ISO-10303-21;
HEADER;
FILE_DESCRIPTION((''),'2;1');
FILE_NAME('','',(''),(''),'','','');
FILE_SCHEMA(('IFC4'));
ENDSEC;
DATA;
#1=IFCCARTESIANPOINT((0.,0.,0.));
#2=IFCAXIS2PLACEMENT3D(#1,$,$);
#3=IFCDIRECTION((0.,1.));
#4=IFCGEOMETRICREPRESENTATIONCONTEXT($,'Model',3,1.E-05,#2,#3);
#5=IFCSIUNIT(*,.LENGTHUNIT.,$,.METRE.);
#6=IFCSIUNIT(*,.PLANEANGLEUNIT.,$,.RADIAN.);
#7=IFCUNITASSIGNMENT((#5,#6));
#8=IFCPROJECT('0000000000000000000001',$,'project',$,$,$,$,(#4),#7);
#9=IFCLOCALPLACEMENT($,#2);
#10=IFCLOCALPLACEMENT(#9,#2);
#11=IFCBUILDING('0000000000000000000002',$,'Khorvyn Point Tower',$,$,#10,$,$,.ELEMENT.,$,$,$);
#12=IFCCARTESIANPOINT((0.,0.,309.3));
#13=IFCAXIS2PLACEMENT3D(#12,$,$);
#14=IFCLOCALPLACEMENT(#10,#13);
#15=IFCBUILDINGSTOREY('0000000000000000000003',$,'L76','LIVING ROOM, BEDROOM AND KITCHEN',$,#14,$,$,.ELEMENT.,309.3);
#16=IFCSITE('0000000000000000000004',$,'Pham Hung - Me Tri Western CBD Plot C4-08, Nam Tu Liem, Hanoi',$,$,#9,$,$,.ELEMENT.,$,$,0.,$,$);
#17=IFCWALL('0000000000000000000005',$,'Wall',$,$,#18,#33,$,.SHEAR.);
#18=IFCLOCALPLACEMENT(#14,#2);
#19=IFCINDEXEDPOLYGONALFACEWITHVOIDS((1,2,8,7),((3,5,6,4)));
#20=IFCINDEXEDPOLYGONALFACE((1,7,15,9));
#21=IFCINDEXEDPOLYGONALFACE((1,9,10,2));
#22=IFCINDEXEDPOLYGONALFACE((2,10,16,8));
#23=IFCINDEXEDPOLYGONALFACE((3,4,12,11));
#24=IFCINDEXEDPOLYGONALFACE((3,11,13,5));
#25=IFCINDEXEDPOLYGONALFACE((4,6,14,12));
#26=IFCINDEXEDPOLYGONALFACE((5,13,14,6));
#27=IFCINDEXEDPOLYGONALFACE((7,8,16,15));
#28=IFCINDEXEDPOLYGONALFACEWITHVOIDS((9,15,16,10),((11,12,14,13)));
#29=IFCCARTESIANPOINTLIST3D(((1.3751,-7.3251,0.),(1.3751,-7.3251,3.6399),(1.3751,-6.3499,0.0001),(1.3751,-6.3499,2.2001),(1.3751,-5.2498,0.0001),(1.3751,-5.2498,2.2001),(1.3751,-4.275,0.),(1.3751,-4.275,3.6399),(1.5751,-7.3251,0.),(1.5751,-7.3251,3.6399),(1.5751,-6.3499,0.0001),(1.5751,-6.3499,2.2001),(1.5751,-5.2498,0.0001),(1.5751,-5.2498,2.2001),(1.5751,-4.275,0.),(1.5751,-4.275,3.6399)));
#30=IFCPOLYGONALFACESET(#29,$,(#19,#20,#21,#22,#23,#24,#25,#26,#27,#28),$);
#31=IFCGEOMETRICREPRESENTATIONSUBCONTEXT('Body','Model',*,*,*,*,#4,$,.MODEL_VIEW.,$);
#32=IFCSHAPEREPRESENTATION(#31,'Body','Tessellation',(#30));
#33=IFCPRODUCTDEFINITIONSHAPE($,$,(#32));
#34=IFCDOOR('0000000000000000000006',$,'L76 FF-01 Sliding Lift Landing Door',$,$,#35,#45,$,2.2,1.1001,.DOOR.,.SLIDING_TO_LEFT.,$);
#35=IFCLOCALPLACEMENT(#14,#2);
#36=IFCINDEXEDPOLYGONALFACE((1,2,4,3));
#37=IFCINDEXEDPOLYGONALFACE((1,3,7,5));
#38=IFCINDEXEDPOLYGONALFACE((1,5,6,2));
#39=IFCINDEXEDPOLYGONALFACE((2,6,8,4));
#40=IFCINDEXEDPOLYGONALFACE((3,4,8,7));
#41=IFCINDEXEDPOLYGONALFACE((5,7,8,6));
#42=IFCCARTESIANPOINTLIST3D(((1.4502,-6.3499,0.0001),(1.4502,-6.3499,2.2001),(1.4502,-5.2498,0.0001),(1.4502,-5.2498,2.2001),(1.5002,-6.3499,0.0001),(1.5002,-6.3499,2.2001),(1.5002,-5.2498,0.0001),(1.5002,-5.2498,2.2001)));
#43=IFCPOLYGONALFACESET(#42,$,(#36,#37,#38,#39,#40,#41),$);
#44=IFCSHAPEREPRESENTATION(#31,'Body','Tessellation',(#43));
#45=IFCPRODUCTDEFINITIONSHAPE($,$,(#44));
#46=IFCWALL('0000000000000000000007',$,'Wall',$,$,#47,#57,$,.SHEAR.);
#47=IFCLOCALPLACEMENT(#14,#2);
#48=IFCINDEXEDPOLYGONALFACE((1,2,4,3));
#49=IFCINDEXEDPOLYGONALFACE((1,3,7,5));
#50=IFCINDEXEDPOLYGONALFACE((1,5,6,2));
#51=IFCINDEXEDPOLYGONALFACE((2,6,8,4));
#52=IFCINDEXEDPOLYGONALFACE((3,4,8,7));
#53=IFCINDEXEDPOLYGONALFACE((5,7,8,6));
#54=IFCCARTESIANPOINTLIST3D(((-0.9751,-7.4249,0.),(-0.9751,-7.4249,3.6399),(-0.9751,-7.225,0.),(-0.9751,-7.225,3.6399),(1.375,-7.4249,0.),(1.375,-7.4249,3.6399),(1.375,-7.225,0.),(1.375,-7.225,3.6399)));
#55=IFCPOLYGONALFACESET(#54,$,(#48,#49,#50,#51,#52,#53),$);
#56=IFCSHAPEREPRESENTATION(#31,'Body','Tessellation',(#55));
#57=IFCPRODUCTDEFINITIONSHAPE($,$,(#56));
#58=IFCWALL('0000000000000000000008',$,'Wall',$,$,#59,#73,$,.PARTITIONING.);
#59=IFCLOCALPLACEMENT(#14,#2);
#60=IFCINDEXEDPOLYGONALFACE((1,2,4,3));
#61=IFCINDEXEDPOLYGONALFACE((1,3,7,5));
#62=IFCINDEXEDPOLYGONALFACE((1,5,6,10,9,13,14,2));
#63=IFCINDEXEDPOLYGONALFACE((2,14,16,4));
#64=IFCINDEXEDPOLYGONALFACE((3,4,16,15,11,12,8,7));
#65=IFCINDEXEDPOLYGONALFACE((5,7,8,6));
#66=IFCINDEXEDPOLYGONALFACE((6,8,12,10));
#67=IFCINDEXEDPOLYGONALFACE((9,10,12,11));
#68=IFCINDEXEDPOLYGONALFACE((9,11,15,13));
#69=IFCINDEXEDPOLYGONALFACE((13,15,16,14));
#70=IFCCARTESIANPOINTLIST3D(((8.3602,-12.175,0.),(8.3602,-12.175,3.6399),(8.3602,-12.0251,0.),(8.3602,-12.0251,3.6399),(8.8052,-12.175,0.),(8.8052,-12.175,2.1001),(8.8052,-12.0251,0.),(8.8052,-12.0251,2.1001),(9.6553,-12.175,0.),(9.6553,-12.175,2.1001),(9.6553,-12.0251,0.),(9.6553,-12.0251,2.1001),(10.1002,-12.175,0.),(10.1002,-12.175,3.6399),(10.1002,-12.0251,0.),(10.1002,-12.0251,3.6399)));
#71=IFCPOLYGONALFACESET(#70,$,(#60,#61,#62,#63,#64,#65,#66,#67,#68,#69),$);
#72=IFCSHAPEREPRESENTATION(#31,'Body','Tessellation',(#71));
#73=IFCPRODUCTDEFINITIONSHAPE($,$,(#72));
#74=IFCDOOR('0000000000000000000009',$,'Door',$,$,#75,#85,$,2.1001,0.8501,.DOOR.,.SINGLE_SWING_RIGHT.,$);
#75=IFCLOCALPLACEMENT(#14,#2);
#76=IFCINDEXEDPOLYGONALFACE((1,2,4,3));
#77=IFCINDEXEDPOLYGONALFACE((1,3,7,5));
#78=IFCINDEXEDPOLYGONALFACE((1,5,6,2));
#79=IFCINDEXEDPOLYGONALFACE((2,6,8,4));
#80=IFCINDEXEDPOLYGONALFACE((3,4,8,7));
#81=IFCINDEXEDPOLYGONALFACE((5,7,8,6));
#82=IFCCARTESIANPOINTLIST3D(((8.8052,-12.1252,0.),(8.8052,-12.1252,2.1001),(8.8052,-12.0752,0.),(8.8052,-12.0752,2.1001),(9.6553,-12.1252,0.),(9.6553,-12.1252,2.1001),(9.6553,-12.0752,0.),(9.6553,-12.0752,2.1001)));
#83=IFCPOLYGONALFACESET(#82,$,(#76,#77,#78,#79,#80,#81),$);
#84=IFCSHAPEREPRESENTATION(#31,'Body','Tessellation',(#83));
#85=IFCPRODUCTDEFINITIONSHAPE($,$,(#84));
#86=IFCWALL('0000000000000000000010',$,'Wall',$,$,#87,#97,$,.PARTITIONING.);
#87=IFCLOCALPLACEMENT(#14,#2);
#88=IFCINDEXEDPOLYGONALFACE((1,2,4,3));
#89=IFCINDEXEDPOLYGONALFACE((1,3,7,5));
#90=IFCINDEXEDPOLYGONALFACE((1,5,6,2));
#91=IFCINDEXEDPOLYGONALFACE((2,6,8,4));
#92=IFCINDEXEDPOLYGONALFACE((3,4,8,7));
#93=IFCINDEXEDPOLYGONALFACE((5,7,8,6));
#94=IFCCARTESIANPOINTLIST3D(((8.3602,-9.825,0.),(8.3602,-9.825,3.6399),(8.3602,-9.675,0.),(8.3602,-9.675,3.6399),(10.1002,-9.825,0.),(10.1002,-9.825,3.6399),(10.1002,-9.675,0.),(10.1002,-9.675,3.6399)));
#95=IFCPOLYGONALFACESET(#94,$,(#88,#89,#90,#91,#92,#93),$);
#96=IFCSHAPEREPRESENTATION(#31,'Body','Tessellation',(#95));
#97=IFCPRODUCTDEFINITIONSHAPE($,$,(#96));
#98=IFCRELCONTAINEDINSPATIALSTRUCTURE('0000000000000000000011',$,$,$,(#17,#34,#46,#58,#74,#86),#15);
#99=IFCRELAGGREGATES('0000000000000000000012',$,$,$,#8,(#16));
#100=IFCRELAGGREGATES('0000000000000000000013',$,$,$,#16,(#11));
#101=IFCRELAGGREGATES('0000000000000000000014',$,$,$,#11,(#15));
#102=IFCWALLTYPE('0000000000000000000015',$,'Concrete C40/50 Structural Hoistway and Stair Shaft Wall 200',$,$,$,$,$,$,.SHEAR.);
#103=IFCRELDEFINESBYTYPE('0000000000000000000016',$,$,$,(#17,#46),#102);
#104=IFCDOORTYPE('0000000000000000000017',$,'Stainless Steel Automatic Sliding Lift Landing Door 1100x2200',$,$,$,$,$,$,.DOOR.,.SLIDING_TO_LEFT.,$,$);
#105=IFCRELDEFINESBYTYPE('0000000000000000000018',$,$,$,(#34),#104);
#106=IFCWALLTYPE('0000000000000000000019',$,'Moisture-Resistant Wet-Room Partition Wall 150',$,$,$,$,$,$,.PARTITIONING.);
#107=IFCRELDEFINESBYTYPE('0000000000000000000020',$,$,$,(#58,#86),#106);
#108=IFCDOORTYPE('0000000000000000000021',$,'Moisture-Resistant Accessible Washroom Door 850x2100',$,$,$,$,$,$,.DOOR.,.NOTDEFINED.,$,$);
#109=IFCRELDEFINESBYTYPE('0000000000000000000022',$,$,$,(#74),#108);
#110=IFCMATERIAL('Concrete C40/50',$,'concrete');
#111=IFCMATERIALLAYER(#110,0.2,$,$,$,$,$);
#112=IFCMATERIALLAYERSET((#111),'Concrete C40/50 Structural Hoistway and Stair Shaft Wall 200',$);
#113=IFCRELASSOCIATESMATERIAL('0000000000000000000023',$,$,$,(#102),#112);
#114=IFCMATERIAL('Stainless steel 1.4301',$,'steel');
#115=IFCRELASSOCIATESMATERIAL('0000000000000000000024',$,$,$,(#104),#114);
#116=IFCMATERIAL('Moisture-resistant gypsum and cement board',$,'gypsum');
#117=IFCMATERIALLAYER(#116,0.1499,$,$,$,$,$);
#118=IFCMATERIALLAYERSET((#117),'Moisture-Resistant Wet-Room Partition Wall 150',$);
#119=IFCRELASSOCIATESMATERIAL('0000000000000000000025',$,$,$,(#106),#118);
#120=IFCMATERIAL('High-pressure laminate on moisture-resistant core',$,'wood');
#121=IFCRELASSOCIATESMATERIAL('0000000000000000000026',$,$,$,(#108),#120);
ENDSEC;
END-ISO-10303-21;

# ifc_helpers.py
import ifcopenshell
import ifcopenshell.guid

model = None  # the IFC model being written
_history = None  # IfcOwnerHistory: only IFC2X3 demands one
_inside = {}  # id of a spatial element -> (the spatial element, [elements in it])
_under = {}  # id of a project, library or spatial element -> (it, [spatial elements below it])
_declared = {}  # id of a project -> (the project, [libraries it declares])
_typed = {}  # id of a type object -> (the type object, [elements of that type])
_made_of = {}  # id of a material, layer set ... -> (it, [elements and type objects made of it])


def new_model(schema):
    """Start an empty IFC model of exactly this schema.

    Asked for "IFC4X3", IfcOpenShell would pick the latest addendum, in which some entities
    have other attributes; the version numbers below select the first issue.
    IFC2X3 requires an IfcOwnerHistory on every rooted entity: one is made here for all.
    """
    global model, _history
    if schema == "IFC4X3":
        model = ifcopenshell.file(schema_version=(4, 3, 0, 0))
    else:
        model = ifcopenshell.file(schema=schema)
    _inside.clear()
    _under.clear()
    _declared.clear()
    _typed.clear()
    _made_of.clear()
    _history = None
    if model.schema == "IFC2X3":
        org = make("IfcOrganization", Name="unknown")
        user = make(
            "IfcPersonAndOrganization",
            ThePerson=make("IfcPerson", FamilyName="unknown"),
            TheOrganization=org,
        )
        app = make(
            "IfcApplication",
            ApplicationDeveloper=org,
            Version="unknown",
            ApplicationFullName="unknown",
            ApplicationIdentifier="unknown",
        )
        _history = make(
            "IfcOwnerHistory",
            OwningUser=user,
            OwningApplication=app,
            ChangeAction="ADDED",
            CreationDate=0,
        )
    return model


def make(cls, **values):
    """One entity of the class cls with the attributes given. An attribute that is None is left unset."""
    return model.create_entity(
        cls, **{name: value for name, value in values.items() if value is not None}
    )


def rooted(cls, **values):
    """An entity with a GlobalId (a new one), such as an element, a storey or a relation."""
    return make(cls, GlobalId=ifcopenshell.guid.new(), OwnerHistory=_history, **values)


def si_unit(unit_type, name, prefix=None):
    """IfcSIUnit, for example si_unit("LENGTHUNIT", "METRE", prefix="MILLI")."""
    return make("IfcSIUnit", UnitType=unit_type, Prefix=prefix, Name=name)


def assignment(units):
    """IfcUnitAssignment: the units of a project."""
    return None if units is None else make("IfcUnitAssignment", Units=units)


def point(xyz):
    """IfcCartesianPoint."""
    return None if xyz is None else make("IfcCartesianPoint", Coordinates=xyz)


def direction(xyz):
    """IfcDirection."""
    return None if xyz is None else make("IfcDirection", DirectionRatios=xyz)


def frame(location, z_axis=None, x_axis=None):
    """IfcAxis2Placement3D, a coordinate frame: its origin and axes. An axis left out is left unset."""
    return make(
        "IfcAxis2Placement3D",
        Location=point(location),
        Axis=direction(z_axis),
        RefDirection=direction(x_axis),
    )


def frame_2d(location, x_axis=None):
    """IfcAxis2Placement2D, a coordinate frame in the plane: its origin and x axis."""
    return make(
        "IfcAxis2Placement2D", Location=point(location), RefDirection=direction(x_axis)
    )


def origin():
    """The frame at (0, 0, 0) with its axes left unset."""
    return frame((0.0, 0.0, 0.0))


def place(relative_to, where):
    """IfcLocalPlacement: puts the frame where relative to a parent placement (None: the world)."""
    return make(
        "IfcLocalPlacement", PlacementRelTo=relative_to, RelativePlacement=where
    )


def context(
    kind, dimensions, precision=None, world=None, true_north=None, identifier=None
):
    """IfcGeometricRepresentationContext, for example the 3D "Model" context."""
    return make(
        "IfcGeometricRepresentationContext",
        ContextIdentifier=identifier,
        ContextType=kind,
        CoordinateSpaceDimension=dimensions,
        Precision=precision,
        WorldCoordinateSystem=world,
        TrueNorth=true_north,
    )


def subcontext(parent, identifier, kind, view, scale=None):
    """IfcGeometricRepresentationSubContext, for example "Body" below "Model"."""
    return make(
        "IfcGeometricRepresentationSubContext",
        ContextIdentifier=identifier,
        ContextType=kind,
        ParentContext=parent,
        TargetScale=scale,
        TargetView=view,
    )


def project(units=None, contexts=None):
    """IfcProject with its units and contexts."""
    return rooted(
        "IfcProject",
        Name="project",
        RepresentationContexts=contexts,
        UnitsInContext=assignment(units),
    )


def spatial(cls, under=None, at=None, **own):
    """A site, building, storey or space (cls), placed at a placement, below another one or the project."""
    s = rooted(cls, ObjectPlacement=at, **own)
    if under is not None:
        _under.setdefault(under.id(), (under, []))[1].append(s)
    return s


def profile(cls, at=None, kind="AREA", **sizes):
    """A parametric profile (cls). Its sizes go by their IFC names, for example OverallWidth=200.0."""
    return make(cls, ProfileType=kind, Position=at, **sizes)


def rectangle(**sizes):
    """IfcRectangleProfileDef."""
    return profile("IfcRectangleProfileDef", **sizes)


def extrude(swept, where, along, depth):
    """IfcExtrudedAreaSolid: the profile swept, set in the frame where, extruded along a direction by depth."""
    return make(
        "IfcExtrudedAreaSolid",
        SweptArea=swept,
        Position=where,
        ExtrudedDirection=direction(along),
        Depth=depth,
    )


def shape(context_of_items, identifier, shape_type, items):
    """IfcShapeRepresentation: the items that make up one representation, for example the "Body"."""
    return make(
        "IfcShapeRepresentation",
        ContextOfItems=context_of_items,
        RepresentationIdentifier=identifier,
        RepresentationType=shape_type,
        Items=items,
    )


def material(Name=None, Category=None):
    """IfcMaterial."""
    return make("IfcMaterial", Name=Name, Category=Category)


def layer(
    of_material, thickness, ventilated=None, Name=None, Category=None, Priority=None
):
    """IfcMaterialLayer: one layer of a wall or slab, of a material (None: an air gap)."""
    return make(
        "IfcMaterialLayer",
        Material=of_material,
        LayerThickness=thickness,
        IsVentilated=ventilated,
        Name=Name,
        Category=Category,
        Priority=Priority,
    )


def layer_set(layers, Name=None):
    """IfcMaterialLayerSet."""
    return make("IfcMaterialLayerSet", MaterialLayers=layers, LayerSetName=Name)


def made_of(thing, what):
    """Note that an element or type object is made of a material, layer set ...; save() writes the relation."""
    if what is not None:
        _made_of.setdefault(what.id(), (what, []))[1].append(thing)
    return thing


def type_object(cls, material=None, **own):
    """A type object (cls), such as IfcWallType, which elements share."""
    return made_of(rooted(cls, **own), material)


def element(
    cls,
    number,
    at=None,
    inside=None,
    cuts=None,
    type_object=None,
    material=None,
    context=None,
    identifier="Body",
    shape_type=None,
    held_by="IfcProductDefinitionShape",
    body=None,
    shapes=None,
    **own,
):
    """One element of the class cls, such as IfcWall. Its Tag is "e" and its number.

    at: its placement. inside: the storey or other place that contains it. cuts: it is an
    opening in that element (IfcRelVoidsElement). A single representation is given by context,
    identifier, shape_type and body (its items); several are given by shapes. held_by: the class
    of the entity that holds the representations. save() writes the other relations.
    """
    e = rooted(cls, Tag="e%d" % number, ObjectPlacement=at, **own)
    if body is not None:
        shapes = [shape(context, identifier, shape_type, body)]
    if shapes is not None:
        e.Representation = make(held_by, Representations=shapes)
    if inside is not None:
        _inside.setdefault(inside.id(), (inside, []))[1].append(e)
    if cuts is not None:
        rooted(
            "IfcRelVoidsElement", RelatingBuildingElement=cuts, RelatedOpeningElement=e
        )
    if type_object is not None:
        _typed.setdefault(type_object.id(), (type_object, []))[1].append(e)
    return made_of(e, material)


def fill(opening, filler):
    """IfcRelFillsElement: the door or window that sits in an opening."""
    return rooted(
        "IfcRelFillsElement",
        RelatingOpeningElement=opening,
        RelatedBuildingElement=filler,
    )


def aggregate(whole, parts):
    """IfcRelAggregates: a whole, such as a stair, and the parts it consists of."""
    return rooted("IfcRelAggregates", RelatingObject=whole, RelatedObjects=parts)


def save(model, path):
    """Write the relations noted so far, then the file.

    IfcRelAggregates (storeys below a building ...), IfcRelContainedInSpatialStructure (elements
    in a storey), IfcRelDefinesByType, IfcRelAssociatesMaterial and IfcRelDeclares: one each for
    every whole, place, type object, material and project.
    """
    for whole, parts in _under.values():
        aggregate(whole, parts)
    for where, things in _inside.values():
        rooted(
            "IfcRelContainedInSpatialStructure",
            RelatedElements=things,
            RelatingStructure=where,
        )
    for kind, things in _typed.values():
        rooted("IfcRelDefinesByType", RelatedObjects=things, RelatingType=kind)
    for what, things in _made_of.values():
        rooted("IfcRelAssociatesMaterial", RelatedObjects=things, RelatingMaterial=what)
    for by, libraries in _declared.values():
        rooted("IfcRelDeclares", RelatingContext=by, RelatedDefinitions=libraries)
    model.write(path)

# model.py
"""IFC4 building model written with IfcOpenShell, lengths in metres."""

from ifc_helpers import new_model, si_unit, direction, frame, frame_2d, origin, place, context, subcontext, project, spatial, rectangle, extrude, material, layer, layer_set, type_object, element, fill, save


model = new_model("IFC4")

# Units and contexts
model_context = context("Model", 3, precision=1e-05, world=origin(), true_north=direction((0.0, 1.0)))
body_context = subcontext(model_context, "Body", "Model", "MODEL_VIEW")
ifc_project = project(units=[si_unit("LENGTHUNIT", "METRE"), si_unit("PLANEANGLEUNIT", "RADIAN")], contexts=[model_context])

# Site, building, storey
site_placement = place(None, origin())
site = spatial("IfcSite", under=ifc_project, at=site_placement, Name="Pham Hung - Me Tri Western CBD Plot C4-08, Nam Tu Liem, Hanoi", CompositionType="ELEMENT", RefElevation=0.0)
building_placement = place(site_placement, origin())
building = spatial("IfcBuilding", under=site, at=building_placement, Name="Khorvyn Point Tower", CompositionType="ELEMENT")
storey_placement = place(building_placement, frame((0.0, 0.0, 309.3)))
storey = spatial("IfcBuildingStorey", under=building, at=storey_placement, Name="L76", Description="LIVING ROOM, BEDROOM AND KITCHEN", CompositionType="ELEMENT", Elevation=309.3)

# Shared definitions
ifc_material_1 = material(Name="Concrete C40/50", Category="concrete")

# Shared definitions
ifc_layer_1 = layer(ifc_material_1, 0.2)
ifc_layer_set_1 = layer_set([ifc_layer_1], Name="Concrete C40/50 Structural Hoistway and Stair Shaft Wall 200")
wall_type_1 = type_object("IfcWallType", Name="Concrete C40/50 Structural Hoistway and Stair Shaft Wall 200", PredefinedType="SHEAR", material=ifc_layer_set_1)

# Shared definitions
ifc_material_2 = material(Name="Stainless steel 1.4301", Category="steel")
door_type_1 = type_object("IfcDoorType", Name="Stainless Steel Automatic Sliding Lift Landing Door 1100x2200", OperationType="SLIDING_TO_LEFT", PredefinedType="DOOR", material=ifc_material_2)

# Wall, opening, door
wall_1_placement = place(storey_placement, frame((1.4751, -7.325, 0.0), z_axis=(0.0, 0.0, 1.0), x_axis=(0.0, 1.0, 0.0)))
wall_1 = element("IfcWall", 1, at=wall_1_placement, inside=storey, type_object=wall_type_1, Name="Wall", PredefinedType="SHEAR", context=body_context, shape_type="SweptSolid", body=[
    extrude(rectangle(XDim=3.05, YDim=0.2, at=frame_2d((1.5249, 0.0))), origin(), (0.0, 0.0, 1.0), 3.6399),
])
opening_1_placement = place(wall_1_placement, frame((0.9751, 0.0, 0.0)))
opening_1 = element("IfcOpeningElement", 2, at=opening_1_placement, cuts=wall_1, PredefinedType="OPENING", context=body_context, shape_type="SweptSolid", body=[
    extrude(rectangle(XDim=1.1001, YDim=2.2, at=frame_2d((0.55, 1.1001))), frame((0.0, 0.1099, 0.0), z_axis=(0.0, -1.0, 0.0), x_axis=(1.0, 0.0, 0.0)), (0.0, 0.0, 1.0), 0.22),
])
door_1_placement = place(opening_1_placement, origin())
door_1 = element("IfcDoor", 3, at=door_1_placement, inside=storey, type_object=door_type_1, Name="L76 FF-01 Sliding Lift Landing Door", OperationType="SLIDING_TO_LEFT", OverallHeight=2.2, OverallWidth=1.1001, PredefinedType="DOOR", context=body_context, shape_type="SweptSolid", body=[
    extrude(rectangle(XDim=1.1001, YDim=2.2, at=frame_2d((0.55, 1.1001))), frame((0.0, 0.0249, 0.0), z_axis=(0.0, -1.0, 0.0), x_axis=(1.0, 0.0, 0.0)), (0.0, 0.0, 1.0), 0.05),
])
fill(opening_1, door_1)

# Wall
wall_2_placement = place(storey_placement, frame((-0.9751, -7.325, 0.0), z_axis=(0.0, 0.0, 1.0), x_axis=(1.0, 0.0, 0.0)))
element("IfcWall", 4, at=wall_2_placement, inside=storey, type_object=wall_type_1, Name="Wall", PredefinedType="SHEAR", context=body_context, shape_type="SweptSolid", body=[
    extrude(rectangle(XDim=2.3501, YDim=0.2, at=frame_2d((1.175, 0.0))), origin(), (0.0, 0.0, 1.0), 3.6399),
])

# Wall, opening, door
ifc_material_3 = material(Name="Moisture-resistant gypsum and cement board", Category="gypsum")
ifc_layer_2 = layer(ifc_material_3, 0.1499)
ifc_layer_set_2 = layer_set([ifc_layer_2], Name="Moisture-Resistant Wet-Room Partition Wall 150")
wall_type_2 = type_object("IfcWallType", Name="Moisture-Resistant Wet-Room Partition Wall 150", PredefinedType="PARTITIONING", material=ifc_layer_set_2)
wall_3_placement = place(storey_placement, frame((8.3601, -12.1001, 0.0), z_axis=(0.0, 0.0, 1.0), x_axis=(1.0, 0.0, 0.0)))
wall_3 = element("IfcWall", 5, at=wall_3_placement, inside=storey, type_object=wall_type_2, Name="Wall", PredefinedType="PARTITIONING", context=body_context, shape_type="SweptSolid", body=[
    extrude(rectangle(XDim=1.74, YDim=0.1499, at=frame_2d((0.8701, 0.0))), origin(), (0.0, 0.0, 1.0), 3.6399),
])
opening_2_placement = place(wall_3_placement, frame((0.4451, 0.0, 0.0)))
opening_2 = element("IfcOpeningElement", 6, at=opening_2_placement, cuts=wall_3, PredefinedType="OPENING", context=body_context, shape_type="SweptSolid", body=[
    extrude(rectangle(XDim=0.8501, YDim=2.1001, at=frame_2d((0.425, 1.05))), frame((0.0, 0.085, 0.0), z_axis=(0.0, -1.0, 0.0), x_axis=(1.0, 0.0, 0.0)), (0.0, 0.0, 1.0), 0.1699),
])
ifc_material_4 = material(Name="High-pressure laminate on moisture-resistant core", Category="wood")
door_type_2 = type_object("IfcDoorType", Name="Moisture-Resistant Accessible Washroom Door 850x2100", OperationType="NOTDEFINED", PredefinedType="DOOR", material=ifc_material_4)
door_2_placement = place(opening_2_placement, origin())
door_2 = element("IfcDoor", 7, at=door_2_placement, inside=storey, type_object=door_type_2, Name="Door", OperationType="SINGLE_SWING_RIGHT", OverallHeight=2.1001, OverallWidth=0.8501, PredefinedType="DOOR", context=body_context, shape_type="SweptSolid", body=[
    extrude(rectangle(XDim=0.8501, YDim=2.1001, at=frame_2d((0.425, 1.05))), frame((0.0, 0.0249, 0.0), z_axis=(0.0, -1.0, 0.0), x_axis=(1.0, 0.0, 0.0)), (0.0, 0.0, 1.0), 0.05),
])
fill(opening_2, door_2)

# Wall
wall_4_placement = place(storey_placement, frame((8.3601, -9.75, 0.0), z_axis=(0.0, 0.0, 1.0), x_axis=(1.0, 0.0, 0.0)))
element("IfcWall", 8, at=wall_4_placement, inside=storey, type_object=wall_type_2, Name="Wall", PredefinedType="PARTITIONING", context=body_context, shape_type="SweptSolid", body=[
    extrude(rectangle(XDim=1.74, YDim=0.1499, at=frame_2d((0.8701, 0.0))), origin(), (0.0, 0.0, 1.0), 3.6399),
])

save(model, "model.ifc")
